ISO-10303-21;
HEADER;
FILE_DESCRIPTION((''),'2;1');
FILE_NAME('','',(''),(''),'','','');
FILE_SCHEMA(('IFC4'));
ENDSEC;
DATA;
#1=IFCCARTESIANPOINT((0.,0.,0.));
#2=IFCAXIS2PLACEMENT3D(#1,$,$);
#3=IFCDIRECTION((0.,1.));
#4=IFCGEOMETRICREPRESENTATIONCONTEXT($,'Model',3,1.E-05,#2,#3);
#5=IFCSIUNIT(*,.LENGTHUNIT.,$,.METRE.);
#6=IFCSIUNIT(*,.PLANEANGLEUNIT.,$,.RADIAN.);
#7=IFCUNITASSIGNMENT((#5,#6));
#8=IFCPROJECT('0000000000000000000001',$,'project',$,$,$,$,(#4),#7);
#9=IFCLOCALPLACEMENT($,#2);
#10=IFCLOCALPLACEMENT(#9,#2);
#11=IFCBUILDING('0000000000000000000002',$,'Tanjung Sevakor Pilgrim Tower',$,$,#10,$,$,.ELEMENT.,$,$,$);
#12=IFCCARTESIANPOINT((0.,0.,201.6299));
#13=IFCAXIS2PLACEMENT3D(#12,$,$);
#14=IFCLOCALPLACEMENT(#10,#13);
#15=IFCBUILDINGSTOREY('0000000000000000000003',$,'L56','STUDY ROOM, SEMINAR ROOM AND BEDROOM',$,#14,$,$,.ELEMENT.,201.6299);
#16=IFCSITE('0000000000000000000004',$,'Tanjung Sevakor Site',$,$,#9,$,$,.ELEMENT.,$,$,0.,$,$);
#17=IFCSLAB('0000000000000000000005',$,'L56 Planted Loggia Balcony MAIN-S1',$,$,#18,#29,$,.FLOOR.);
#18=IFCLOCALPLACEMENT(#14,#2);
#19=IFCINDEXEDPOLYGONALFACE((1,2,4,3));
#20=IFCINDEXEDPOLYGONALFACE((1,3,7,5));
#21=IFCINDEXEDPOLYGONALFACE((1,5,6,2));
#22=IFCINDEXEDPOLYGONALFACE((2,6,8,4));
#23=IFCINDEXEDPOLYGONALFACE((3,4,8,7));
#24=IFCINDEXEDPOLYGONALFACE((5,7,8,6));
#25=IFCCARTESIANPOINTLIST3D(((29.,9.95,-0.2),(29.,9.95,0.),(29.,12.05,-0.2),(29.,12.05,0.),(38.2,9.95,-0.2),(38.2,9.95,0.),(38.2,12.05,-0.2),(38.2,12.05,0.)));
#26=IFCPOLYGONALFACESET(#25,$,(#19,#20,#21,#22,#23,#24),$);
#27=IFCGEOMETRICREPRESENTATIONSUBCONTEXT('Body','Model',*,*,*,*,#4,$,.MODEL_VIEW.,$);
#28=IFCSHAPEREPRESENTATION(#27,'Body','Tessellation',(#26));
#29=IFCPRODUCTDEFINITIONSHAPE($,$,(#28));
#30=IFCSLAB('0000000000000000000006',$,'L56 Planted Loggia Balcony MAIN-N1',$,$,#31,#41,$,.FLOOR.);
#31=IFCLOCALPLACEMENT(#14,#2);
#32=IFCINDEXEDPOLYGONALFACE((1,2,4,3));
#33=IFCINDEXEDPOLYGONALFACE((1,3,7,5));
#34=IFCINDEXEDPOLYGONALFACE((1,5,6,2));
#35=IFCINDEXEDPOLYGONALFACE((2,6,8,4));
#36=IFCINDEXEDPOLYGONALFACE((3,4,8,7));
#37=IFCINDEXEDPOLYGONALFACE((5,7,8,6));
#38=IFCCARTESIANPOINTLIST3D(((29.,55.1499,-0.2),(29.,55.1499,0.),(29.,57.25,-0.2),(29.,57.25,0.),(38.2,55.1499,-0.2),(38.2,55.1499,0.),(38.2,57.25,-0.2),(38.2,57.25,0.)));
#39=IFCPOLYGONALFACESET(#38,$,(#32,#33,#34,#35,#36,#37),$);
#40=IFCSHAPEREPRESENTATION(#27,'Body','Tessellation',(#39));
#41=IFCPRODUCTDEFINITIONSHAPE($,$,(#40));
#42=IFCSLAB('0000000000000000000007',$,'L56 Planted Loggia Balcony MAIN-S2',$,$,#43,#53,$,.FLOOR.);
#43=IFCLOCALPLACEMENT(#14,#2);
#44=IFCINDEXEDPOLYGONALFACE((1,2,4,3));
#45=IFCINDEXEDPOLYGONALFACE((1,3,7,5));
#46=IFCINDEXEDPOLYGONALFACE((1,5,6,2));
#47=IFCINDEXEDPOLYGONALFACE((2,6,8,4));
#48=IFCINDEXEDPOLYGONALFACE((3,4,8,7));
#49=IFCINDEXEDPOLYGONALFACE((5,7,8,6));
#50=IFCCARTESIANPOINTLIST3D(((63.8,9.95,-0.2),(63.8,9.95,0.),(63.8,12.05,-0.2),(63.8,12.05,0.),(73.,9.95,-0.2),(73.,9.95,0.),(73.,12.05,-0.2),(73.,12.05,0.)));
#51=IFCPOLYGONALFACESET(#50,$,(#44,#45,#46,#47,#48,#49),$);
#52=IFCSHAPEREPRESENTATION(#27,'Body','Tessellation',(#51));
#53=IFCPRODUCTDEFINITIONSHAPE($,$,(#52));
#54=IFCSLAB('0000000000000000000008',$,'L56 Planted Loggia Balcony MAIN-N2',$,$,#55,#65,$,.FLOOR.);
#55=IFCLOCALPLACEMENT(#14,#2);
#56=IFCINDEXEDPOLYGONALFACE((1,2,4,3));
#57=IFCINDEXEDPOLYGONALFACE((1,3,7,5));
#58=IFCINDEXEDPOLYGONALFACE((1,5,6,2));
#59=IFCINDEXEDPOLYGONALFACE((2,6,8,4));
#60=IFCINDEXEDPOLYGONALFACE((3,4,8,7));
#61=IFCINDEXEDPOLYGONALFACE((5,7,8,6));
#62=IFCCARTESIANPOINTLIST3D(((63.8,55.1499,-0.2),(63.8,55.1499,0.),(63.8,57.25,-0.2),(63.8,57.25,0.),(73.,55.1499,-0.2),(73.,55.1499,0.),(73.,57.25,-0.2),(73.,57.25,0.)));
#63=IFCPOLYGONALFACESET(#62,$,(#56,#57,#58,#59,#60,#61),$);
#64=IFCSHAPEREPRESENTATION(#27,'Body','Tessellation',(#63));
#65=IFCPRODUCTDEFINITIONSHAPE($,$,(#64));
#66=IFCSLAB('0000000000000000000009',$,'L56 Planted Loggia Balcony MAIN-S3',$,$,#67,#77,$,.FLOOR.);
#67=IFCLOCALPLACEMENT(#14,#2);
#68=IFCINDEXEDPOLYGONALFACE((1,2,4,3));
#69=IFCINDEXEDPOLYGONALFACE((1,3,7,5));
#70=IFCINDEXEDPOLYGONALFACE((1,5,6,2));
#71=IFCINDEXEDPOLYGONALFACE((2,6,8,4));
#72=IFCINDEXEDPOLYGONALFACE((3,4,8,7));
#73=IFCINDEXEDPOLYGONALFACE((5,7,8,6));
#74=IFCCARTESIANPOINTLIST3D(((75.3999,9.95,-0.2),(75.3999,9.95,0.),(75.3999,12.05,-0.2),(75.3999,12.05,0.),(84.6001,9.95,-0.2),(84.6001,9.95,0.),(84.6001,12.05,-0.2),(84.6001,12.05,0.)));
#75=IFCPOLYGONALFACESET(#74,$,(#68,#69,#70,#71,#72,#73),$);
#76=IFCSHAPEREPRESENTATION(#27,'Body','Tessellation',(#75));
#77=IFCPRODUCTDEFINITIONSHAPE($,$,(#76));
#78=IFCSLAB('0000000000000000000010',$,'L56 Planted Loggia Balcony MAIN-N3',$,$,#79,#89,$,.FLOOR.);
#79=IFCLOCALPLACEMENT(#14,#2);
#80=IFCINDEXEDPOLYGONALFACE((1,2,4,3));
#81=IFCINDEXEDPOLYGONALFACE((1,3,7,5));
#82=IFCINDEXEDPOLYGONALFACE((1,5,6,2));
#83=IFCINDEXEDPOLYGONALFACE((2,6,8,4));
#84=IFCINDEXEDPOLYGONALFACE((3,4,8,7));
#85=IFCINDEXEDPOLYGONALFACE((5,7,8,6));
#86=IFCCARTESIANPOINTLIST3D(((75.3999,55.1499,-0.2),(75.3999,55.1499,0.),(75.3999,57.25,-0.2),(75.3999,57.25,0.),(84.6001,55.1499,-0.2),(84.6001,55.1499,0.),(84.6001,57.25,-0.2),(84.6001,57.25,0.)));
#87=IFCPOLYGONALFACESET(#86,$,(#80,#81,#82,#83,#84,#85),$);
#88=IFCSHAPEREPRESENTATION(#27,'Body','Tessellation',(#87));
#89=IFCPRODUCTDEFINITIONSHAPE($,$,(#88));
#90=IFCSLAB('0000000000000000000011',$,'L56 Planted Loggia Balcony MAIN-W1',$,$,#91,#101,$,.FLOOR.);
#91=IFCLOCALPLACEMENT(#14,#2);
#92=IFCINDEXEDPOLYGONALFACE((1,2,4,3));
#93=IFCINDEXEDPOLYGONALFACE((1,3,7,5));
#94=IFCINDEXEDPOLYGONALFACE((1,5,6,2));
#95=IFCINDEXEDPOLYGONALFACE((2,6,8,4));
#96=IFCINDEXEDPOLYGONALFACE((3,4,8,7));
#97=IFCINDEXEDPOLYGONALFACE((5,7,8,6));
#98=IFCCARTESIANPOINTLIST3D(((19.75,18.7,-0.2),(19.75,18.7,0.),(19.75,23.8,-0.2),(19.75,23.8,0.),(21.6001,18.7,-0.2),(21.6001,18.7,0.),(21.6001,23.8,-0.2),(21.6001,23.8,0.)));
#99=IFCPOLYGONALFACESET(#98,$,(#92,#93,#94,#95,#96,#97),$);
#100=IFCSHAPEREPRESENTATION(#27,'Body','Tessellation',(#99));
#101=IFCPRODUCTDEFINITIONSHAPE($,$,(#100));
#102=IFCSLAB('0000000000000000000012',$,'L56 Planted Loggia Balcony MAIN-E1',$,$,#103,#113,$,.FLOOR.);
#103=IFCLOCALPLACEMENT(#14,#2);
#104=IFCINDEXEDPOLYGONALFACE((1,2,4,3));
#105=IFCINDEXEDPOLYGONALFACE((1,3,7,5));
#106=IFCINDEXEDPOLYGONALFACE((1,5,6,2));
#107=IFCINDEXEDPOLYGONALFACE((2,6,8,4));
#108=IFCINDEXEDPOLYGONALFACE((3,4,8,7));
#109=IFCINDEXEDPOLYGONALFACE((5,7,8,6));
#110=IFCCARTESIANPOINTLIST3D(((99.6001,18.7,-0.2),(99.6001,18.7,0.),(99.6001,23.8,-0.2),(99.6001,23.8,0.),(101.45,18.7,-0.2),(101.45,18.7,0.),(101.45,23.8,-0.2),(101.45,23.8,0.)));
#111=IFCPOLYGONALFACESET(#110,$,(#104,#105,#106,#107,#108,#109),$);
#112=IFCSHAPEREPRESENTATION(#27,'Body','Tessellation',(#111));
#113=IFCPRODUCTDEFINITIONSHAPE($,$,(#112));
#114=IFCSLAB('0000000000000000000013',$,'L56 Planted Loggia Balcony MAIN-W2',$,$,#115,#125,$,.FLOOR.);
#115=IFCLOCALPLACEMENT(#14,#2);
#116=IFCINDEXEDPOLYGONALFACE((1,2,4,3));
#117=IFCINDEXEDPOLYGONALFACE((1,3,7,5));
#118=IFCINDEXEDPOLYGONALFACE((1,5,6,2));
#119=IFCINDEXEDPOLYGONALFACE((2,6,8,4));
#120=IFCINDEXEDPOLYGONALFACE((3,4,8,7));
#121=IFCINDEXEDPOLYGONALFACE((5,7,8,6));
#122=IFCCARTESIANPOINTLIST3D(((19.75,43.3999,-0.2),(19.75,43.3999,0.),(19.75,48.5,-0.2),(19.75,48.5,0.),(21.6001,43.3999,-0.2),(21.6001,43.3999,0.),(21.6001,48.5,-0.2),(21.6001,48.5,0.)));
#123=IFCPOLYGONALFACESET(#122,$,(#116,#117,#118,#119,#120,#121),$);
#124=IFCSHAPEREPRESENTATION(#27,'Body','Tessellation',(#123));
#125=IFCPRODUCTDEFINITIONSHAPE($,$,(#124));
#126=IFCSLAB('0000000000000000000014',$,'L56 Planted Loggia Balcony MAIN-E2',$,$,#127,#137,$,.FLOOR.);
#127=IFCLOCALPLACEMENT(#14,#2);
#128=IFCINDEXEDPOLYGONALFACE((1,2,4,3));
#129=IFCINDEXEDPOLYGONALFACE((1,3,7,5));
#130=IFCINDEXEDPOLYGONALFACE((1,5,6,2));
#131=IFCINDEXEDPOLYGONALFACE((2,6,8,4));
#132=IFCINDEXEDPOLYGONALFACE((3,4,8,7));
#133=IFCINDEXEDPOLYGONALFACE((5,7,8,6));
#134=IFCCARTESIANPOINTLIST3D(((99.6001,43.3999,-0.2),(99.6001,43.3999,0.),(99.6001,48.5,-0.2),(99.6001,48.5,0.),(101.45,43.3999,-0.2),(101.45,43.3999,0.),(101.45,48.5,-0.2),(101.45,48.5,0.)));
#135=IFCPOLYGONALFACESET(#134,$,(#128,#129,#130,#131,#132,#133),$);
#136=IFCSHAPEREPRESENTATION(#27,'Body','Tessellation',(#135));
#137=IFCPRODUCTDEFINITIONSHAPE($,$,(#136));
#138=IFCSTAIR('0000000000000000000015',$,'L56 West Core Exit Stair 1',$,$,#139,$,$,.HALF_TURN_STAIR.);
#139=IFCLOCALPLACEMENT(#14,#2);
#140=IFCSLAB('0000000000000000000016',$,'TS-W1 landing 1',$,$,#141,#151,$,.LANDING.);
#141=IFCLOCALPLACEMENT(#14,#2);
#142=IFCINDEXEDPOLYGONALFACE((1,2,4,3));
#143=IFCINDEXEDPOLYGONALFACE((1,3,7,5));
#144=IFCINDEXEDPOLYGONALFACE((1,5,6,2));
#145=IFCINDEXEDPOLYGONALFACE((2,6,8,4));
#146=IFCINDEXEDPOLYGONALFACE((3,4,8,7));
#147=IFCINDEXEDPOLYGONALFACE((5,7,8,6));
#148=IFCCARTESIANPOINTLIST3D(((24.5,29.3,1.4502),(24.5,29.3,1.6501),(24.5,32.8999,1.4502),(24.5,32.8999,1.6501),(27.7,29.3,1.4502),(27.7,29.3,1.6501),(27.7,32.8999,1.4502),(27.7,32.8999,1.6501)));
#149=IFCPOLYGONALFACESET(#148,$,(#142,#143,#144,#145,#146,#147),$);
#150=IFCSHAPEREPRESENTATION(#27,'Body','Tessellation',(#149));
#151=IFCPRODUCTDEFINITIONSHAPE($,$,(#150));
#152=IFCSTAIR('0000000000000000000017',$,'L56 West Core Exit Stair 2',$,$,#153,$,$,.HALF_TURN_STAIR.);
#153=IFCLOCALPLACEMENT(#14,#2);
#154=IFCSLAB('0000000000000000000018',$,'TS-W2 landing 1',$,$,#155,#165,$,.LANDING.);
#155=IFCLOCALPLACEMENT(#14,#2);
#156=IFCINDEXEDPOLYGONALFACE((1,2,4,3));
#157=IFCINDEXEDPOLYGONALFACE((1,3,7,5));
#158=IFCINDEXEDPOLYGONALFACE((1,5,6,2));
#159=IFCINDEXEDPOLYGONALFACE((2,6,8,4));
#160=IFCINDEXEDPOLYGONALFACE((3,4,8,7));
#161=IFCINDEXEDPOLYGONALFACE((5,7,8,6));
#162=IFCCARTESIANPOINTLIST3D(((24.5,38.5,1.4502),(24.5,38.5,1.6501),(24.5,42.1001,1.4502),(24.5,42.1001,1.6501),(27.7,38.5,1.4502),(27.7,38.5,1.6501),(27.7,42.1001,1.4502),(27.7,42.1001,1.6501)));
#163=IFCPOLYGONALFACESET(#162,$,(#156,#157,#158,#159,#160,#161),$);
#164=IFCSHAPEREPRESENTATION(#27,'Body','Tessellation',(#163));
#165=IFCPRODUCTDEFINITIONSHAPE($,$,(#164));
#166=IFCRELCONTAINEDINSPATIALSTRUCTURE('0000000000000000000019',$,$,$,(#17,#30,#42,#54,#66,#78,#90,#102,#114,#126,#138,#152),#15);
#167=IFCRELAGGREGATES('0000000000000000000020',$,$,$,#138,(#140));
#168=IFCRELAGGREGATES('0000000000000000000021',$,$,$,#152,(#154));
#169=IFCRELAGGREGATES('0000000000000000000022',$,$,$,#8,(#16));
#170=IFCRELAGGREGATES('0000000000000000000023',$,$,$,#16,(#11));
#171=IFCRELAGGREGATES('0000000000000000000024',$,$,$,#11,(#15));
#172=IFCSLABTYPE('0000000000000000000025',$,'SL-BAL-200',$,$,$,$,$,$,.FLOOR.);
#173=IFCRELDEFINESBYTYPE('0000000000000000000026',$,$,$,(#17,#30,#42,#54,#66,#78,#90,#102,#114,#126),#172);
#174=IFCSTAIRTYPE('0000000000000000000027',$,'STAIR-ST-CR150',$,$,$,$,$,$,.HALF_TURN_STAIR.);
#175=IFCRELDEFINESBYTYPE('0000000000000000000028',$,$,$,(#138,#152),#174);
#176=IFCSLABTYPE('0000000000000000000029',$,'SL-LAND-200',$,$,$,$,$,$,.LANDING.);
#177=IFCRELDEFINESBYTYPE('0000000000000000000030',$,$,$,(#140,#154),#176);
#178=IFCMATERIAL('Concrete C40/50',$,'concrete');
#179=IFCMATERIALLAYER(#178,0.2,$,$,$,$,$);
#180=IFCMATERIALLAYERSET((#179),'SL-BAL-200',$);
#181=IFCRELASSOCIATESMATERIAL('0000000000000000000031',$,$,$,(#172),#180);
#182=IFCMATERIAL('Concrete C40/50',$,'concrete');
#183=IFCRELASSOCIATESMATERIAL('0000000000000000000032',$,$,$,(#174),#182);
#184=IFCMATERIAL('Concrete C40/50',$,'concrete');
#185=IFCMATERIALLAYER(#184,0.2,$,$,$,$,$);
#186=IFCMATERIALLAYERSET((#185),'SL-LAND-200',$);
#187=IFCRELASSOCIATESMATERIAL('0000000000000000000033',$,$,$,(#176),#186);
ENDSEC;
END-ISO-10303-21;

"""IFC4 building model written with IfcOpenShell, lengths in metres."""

from ifc_helpers import new_model, si_unit, direction, frame, origin, place, context, subcontext, project, spatial, polyline, outline, extrude, material, layer, layer_set, type_object, element, aggregate, save


model = new_model("IFC4")

# Units and contexts
model_context = context("Model", 3, precision=1e-05, world=origin(), true_north=direction((0.0, 1.0)))
body_context = subcontext(model_context, "Body", "Model", "MODEL_VIEW")
ifc_project = project(units=[si_unit("LENGTHUNIT", "METRE"), si_unit("PLANEANGLEUNIT", "RADIAN")], contexts=[model_context])

# Site, building, storey
site_placement = place(None, origin())
site = spatial("IfcSite", under=ifc_project, at=site_placement, Name="Tanjung Sevakor Site", CompositionType="ELEMENT", RefElevation=0.0)
building_placement = place(site_placement, origin())
building = spatial("IfcBuilding", under=site, at=building_placement, Name="Tanjung Sevakor Pilgrim Tower", CompositionType="ELEMENT")
storey_placement = place(building_placement, frame((0.0, 0.0, 201.6299)))
storey = spatial("IfcBuildingStorey", under=building, at=storey_placement, Name="L56", Description="STUDY ROOM, SEMINAR ROOM AND BEDROOM", CompositionType="ELEMENT", Elevation=201.6299)

# Slabs
ifc_material_1 = material(Name="Concrete C40/50", Category="concrete")
ifc_layer_1 = layer(ifc_material_1, 0.2)
ifc_layer_set_1 = layer_set([ifc_layer_1], Name="SL-BAL-200")
slab_type_1 = type_object("IfcSlabType", Name="SL-BAL-200", PredefinedType="FLOOR", material=ifc_layer_set_1)
slab_1_placement = place(storey_placement, frame((0.0, 0.0, -0.2)))
element("IfcSlab", 1, at=slab_1_placement, inside=storey, type_object=slab_type_1, Name="L56 Planted Loggia Balcony MAIN-S1", PredefinedType="FLOOR", context=body_context, shape_type="SweptSolid", body=[
    extrude(outline(polyline([(29.0, 9.95), (38.2, 9.95), (38.2, 12.05), (29.0, 12.05), (29.0, 9.95)])), origin(), (0.0, 0.0, 1.0), 0.2),
])
slab_2_placement = place(storey_placement, frame((0.0, 0.0, -0.2)))
element("IfcSlab", 2, at=slab_2_placement, inside=storey, type_object=slab_type_1, Name="L56 Planted Loggia Balcony MAIN-N1", PredefinedType="FLOOR", context=body_context, shape_type="SweptSolid", body=[
    extrude(outline(polyline([(29.0, 55.1499), (38.2, 55.1499), (38.2, 57.25), (29.0, 57.25), (29.0, 55.1499)])), origin(), (0.0, 0.0, 1.0), 0.2),
])
slab_3_placement = place(storey_placement, frame((0.0, 0.0, -0.2)))
element("IfcSlab", 3, at=slab_3_placement, inside=storey, type_object=slab_type_1, Name="L56 Planted Loggia Balcony MAIN-S2", PredefinedType="FLOOR", context=body_context, shape_type="SweptSolid", body=[
    extrude(outline(polyline([(63.8, 9.95), (73.0, 9.95), (73.0, 12.05), (63.8, 12.05), (63.8, 9.95)])), origin(), (0.0, 0.0, 1.0), 0.2),
])
slab_4_placement = place(storey_placement, frame((0.0, 0.0, -0.2)))
element("IfcSlab", 4, at=slab_4_placement, inside=storey, type_object=slab_type_1, Name="L56 Planted Loggia Balcony MAIN-N2", PredefinedType="FLOOR", context=body_context, shape_type="SweptSolid", body=[
    extrude(outline(polyline([(63.8, 55.1499), (73.0, 55.1499), (73.0, 57.25), (63.8, 57.25), (63.8, 55.1499)])), origin(), (0.0, 0.0, 1.0), 0.2),
])
slab_5_placement = place(storey_placement, frame((0.0, 0.0, -0.2)))
element("IfcSlab", 5, at=slab_5_placement, inside=storey, type_object=slab_type_1, Name="L56 Planted Loggia Balcony MAIN-S3", PredefinedType="FLOOR", context=body_context, shape_type="SweptSolid", body=[
    extrude(outline(polyline([(75.3999, 9.95), (84.6001, 9.95), (84.6001, 12.05), (75.3999, 12.05), (75.3999, 9.95)])), origin(), (0.0, 0.0, 1.0), 0.2),
])
slab_6_placement = place(storey_placement, frame((0.0, 0.0, -0.2)))
element("IfcSlab", 6, at=slab_6_placement, inside=storey, type_object=slab_type_1, Name="L56 Planted Loggia Balcony MAIN-N3", PredefinedType="FLOOR", context=body_context, shape_type="SweptSolid", body=[
    extrude(outline(polyline([(75.3999, 55.1499), (84.6001, 55.1499), (84.6001, 57.25), (75.3999, 57.25), (75.3999, 55.1499)])), origin(), (0.0, 0.0, 1.0), 0.2),
])
slab_7_placement = place(storey_placement, frame((0.0, 0.0, -0.2)))
element("IfcSlab", 7, at=slab_7_placement, inside=storey, type_object=slab_type_1, Name="L56 Planted Loggia Balcony MAIN-W1", PredefinedType="FLOOR", context=body_context, shape_type="SweptSolid", body=[
    extrude(outline(polyline([(19.75, 18.7), (21.6001, 18.7), (21.6001, 23.8), (19.75, 23.8), (19.75, 18.7)])), origin(), (0.0, 0.0, 1.0), 0.2),
])
slab_8_placement = place(storey_placement, frame((0.0, 0.0, -0.2)))
element("IfcSlab", 8, at=slab_8_placement, inside=storey, type_object=slab_type_1, Name="L56 Planted Loggia Balcony MAIN-E1", PredefinedType="FLOOR", context=body_context, shape_type="SweptSolid", body=[
    extrude(outline(polyline([(99.6001, 18.7), (101.45, 18.7), (101.45, 23.8), (99.6001, 23.8), (99.6001, 18.7)])), origin(), (0.0, 0.0, 1.0), 0.2),
])
slab_9_placement = place(storey_placement, frame((0.0, 0.0, -0.2)))
element("IfcSlab", 9, at=slab_9_placement, inside=storey, type_object=slab_type_1, Name="L56 Planted Loggia Balcony MAIN-W2", PredefinedType="FLOOR", context=body_context, shape_type="SweptSolid", body=[
    extrude(outline(polyline([(19.75, 43.3999), (21.6001, 43.3999), (21.6001, 48.5), (19.75, 48.5), (19.75, 43.3999)])), origin(), (0.0, 0.0, 1.0), 0.2),
])
slab_10_placement = place(storey_placement, frame((0.0, 0.0, -0.2)))
element("IfcSlab", 10, at=slab_10_placement, inside=storey, type_object=slab_type_1, Name="L56 Planted Loggia Balcony MAIN-E2", PredefinedType="FLOOR", context=body_context, shape_type="SweptSolid", body=[
    extrude(outline(polyline([(99.6001, 43.3999), (101.45, 43.3999), (101.45, 48.5), (99.6001, 48.5), (99.6001, 43.3999)])), origin(), (0.0, 0.0, 1.0), 0.2),
])

# Stairs, slabs
ifc_material_2 = material(Name="Concrete C40/50", Category="concrete")
stair_type = type_object("IfcStairType", Name="STAIR-ST-CR150", PredefinedType="HALF_TURN_STAIR", material=ifc_material_2)
stair_1_placement = place(storey_placement, origin())
stair_1 = element("IfcStair", 11, at=stair_1_placement, inside=storey, type_object=stair_type, Name="L56 West Core Exit Stair 1", PredefinedType="HALF_TURN_STAIR")
ifc_material_3 = material(Name="Concrete C40/50", Category="concrete")
ifc_layer_2 = layer(ifc_material_3, 0.2)
ifc_layer_set_2 = layer_set([ifc_layer_2], Name="SL-LAND-200")
slab_type_2 = type_object("IfcSlabType", Name="SL-LAND-200", PredefinedType="LANDING", material=ifc_layer_set_2)
slab_11_placement = place(storey_placement, frame((0.0, 0.0, 1.4502)))
slab_11 = element("IfcSlab", 12, at=slab_11_placement, type_object=slab_type_2, Name="TS-W1 landing 1", PredefinedType="LANDING", context=body_context, shape_type="SweptSolid", body=[
    extrude(outline(polyline([(27.7, 29.3), (27.7, 32.8999), (24.5, 32.8999), (24.5, 29.3), (27.7, 29.3)])), origin(), (0.0, 0.0, 1.0), 0.2),
])
aggregate(stair_1, [slab_11])
stair_2_placement = place(storey_placement, origin())
stair_2 = element("IfcStair", 13, at=stair_2_placement, inside=storey, type_object=stair_type, Name="L56 West Core Exit Stair 2", PredefinedType="HALF_TURN_STAIR")
slab_12_placement = place(storey_placement, frame((0.0, 0.0, 1.4502)))
slab_12 = element("IfcSlab", 14, at=slab_12_placement, type_object=slab_type_2, Name="TS-W2 landing 1", PredefinedType="LANDING", context=body_context, shape_type="SweptSolid", body=[
    extrude(outline(polyline([(27.7, 38.5), (27.7, 42.1001), (24.5, 42.1001), (24.5, 38.5), (27.7, 38.5)])), origin(), (0.0, 0.0, 1.0), 0.2),
])
aggregate(stair_2, [slab_12])

save(model, "model.ifc")
